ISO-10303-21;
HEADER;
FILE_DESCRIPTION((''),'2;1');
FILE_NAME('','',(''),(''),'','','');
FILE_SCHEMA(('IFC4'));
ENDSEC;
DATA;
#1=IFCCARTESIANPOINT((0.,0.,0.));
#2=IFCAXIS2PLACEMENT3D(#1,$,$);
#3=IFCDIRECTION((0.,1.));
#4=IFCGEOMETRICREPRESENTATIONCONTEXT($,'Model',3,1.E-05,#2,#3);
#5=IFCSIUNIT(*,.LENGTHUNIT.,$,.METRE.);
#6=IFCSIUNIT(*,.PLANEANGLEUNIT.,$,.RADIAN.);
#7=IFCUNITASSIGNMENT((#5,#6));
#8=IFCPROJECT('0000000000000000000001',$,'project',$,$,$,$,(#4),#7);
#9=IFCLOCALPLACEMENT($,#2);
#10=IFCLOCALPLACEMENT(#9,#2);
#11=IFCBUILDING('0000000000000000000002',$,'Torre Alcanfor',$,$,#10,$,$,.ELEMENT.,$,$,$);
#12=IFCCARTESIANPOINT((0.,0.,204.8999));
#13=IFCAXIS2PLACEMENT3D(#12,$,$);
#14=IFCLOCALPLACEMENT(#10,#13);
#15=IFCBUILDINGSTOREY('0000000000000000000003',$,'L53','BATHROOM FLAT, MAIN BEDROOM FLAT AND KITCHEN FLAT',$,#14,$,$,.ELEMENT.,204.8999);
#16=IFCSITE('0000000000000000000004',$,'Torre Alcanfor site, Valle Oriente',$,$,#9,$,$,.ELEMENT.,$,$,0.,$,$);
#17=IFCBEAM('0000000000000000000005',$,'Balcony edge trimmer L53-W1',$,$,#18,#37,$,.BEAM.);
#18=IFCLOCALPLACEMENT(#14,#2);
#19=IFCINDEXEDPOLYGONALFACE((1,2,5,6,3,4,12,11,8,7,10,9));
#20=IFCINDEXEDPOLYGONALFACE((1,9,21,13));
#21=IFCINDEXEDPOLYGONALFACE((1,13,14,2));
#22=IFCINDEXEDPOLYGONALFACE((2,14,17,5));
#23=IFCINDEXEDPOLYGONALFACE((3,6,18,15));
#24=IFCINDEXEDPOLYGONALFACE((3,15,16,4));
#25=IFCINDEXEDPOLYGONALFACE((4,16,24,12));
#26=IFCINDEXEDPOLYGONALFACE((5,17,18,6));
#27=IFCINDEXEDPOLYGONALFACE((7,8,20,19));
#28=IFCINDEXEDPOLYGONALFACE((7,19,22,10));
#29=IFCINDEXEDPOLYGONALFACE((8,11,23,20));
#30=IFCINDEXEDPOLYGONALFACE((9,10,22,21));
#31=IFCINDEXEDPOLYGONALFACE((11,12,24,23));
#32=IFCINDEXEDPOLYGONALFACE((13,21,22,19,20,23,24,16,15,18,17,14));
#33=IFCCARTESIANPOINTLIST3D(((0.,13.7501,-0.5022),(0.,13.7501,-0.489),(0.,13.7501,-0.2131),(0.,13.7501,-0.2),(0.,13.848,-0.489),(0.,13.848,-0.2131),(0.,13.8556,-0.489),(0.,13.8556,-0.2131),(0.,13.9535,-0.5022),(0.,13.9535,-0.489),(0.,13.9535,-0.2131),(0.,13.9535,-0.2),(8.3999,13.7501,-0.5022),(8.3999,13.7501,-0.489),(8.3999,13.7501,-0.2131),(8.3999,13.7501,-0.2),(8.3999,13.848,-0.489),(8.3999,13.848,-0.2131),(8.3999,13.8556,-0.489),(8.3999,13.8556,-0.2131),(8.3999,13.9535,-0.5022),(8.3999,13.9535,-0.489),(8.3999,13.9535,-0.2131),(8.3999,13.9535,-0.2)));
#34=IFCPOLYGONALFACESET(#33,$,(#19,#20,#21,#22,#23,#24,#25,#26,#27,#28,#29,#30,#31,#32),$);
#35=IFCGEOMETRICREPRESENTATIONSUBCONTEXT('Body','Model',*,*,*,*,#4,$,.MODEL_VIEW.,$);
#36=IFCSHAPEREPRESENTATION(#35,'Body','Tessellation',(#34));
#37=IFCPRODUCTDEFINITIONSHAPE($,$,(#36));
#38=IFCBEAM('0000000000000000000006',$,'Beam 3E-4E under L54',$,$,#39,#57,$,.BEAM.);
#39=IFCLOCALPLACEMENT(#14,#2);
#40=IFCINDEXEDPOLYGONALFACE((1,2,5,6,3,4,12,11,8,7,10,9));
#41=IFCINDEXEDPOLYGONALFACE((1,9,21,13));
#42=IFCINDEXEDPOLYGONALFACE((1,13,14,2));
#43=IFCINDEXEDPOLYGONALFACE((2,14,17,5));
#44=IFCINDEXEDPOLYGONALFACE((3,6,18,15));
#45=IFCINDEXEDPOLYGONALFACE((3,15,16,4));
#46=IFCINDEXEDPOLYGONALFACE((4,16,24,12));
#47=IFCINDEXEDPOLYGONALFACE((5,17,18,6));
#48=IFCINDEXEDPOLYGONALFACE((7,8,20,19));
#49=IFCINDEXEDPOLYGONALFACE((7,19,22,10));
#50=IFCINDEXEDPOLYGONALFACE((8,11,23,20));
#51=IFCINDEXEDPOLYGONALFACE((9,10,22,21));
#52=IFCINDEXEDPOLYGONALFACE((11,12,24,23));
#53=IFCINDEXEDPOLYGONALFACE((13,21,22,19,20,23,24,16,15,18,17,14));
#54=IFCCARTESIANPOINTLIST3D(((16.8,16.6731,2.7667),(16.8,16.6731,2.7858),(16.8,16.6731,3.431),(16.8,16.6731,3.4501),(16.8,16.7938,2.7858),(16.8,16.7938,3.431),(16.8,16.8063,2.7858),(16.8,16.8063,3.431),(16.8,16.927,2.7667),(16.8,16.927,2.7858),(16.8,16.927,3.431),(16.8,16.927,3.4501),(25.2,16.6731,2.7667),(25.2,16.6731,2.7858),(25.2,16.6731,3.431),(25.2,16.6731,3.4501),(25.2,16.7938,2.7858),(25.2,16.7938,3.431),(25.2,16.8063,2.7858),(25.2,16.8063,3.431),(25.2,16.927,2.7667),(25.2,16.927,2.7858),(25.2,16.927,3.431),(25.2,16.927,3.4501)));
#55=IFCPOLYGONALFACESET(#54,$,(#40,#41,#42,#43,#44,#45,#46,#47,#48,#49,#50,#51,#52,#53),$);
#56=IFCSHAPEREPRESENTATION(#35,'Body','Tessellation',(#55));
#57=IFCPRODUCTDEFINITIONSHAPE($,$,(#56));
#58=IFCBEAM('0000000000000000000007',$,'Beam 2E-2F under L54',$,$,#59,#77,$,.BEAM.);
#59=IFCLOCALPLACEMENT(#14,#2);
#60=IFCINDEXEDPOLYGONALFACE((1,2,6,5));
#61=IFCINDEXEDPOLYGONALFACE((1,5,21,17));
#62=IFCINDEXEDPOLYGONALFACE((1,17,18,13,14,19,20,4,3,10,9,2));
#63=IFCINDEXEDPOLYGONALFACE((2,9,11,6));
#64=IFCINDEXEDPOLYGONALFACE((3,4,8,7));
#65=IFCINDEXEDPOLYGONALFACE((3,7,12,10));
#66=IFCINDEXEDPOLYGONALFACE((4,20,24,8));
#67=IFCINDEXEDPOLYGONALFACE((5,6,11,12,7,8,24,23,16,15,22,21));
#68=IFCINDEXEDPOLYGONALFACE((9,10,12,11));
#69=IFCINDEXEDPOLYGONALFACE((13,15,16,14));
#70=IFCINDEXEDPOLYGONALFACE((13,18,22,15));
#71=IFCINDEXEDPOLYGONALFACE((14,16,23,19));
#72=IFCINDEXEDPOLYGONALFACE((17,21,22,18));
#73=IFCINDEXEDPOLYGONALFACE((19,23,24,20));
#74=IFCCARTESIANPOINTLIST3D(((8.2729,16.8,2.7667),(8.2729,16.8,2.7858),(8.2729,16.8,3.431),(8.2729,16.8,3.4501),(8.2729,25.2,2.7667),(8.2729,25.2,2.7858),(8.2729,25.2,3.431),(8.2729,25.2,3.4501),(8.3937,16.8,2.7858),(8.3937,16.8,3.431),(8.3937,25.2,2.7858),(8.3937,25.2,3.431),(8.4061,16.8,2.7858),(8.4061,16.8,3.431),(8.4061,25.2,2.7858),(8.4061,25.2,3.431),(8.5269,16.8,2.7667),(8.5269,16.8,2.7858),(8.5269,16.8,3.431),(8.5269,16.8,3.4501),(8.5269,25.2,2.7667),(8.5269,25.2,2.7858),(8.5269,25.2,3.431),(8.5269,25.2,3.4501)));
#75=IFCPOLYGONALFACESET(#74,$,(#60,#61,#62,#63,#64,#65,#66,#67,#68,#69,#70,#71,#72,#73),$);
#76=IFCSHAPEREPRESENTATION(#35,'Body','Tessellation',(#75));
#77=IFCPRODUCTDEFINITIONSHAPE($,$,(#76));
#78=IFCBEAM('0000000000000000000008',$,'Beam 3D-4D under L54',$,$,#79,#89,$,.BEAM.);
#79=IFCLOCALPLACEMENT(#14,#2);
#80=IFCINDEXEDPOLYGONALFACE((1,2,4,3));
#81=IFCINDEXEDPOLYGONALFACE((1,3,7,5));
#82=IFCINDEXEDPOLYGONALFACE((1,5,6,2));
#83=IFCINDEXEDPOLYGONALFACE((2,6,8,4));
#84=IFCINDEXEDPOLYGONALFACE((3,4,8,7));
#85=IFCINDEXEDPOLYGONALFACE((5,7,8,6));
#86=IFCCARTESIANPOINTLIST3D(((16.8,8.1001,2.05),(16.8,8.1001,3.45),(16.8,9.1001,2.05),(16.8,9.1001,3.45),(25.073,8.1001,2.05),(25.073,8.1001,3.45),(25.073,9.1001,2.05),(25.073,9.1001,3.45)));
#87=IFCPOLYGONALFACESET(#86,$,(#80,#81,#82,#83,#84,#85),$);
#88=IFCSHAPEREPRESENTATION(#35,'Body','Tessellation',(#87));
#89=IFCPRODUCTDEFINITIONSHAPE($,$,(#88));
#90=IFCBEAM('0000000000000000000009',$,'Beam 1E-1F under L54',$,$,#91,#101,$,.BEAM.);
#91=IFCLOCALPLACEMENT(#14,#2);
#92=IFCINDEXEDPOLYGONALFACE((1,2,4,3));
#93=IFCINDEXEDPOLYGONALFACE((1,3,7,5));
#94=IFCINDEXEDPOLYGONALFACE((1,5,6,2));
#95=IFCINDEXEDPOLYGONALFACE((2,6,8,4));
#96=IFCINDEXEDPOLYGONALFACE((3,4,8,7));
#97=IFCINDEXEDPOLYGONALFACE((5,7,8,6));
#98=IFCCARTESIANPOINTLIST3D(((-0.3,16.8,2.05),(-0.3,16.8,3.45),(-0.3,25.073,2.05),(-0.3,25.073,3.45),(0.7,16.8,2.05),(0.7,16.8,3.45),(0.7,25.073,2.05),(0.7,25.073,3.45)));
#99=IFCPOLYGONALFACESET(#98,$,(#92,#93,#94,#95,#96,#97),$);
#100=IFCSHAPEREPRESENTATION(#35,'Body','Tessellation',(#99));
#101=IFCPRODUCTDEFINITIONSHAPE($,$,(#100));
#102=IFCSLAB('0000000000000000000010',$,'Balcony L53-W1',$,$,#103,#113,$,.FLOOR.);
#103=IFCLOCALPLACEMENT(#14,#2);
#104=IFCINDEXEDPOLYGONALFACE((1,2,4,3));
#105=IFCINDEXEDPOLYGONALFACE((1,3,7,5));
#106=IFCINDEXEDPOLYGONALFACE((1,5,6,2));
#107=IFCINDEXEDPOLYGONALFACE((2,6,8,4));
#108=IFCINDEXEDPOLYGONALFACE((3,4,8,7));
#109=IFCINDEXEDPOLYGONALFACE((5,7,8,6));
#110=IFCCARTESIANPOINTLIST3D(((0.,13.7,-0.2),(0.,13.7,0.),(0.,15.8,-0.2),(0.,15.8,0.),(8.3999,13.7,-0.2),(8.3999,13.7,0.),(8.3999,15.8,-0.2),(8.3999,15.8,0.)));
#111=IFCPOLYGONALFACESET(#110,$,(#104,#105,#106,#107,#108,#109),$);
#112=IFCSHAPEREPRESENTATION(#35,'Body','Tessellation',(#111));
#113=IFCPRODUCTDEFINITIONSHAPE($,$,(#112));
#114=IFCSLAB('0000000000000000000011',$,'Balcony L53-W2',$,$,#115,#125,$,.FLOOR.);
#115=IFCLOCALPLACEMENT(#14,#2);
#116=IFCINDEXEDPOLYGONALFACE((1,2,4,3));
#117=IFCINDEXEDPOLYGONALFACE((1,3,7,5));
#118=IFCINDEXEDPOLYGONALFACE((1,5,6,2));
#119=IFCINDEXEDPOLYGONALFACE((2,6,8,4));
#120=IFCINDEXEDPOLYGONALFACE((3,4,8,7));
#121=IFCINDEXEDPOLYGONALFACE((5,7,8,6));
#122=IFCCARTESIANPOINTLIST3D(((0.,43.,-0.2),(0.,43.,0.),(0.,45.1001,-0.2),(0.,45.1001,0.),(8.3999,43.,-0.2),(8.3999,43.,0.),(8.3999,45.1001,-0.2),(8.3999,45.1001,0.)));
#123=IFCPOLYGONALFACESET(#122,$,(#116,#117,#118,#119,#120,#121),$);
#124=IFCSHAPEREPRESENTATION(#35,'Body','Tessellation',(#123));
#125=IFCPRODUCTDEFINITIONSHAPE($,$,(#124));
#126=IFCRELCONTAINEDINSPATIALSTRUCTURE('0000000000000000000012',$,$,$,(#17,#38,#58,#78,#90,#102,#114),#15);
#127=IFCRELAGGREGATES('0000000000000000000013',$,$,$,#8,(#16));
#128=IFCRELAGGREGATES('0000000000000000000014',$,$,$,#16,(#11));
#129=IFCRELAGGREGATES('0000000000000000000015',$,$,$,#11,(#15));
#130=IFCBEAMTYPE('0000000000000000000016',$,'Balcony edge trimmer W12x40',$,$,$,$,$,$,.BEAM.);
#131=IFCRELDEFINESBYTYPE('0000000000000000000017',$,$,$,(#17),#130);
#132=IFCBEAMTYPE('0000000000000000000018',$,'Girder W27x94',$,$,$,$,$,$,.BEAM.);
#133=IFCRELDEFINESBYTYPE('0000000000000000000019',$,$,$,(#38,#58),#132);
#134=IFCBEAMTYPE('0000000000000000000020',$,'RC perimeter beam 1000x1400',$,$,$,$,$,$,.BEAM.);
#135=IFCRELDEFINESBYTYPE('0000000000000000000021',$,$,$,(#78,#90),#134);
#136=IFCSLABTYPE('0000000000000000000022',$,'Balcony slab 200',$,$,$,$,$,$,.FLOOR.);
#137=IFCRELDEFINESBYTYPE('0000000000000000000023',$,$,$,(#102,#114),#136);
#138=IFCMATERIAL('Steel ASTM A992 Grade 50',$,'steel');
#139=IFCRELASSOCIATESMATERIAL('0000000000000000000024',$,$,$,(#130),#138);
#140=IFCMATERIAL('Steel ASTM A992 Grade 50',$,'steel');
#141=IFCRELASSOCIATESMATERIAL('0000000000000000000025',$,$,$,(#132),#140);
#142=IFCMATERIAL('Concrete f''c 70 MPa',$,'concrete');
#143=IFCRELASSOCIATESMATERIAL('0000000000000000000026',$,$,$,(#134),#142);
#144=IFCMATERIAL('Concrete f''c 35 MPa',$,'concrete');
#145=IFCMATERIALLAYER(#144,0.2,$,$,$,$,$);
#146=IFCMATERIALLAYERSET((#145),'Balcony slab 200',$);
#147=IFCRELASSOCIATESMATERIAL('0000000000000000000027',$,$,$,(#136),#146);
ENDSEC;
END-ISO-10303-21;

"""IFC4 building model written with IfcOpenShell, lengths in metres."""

from ifc_helpers import new_model, si_unit, direction, frame, origin, origin_2d, place, context, subcontext, project, spatial, polyline, rectangle, i_section, outline, extrude, material, layer, layer_set, material_profile, profile_set, type_object, element, save


model = new_model("IFC4")

# Units and contexts
model_context = context("Model", 3, precision=1e-05, world=origin(), true_north=direction((0.0, 1.0)))
body_context = subcontext(model_context, "Body", "Model", "MODEL_VIEW")
ifc_project = project(units=[si_unit("LENGTHUNIT", "METRE"), si_unit("PLANEANGLEUNIT", "RADIAN")], contexts=[model_context])

# Site, building, storey
site_placement = place(None, origin())
site = spatial("IfcSite", under=ifc_project, at=site_placement, Name="Torre Alcanfor site, Valle Oriente", CompositionType="ELEMENT", RefElevation=0.0)
building_placement = place(site_placement, origin())
building = spatial("IfcBuilding", under=site, at=building_placement, Name="Torre Alcanfor", CompositionType="ELEMENT")
storey_placement = place(building_placement, frame((0.0, 0.0, 204.8999)))
storey = spatial("IfcBuildingStorey", under=building, at=storey_placement, Name="L53", Description="BATHROOM FLAT, MAIN BEDROOM FLAT AND KITCHEN FLAT", CompositionType="ELEMENT", Elevation=204.8999)

# Beams
ifc_material_1 = material(Name="Steel ASTM A992 Grade 50", Category="steel")
ifc_material_profile_1 = material_profile(ifc_material_1, i_section(OverallWidth=0.2034, OverallDepth=0.3022, WebThickness=0.0076, FlangeThickness=0.0132, at=origin_2d()), Name="W12x40")
ifc_profile_set_1 = profile_set([ifc_material_profile_1], Name="Steel ASTM A992 Grade 50")
beam_type_1 = type_object("IfcBeamType", Name="Balcony edge trimmer W12x40", PredefinedType="BEAM", material=ifc_profile_set_1)
beam_placement = place(storey_placement, frame((8.3999, 13.8518, -0.3511), z_axis=(-1.0, 0.0, 0.0), x_axis=(0.0, -1.0, 0.0)))
element("IfcBeam", 1, at=beam_placement, inside=storey, type_object=beam_type_1, Name="Balcony edge trimmer L53-W1", PredefinedType="BEAM", context=body_context, shape_type="SweptSolid", body=[
    extrude(i_section(OverallWidth=0.2034, OverallDepth=0.3022, WebThickness=0.0076, FlangeThickness=0.0132, at=origin_2d()), origin(), (0.0, 0.0, 1.0), 8.3999),
])
ifc_material_2 = material(Name="Steel ASTM A992 Grade 50", Category="steel")
ifc_material_profile_2 = material_profile(ifc_material_2, i_section(OverallWidth=0.2539, OverallDepth=0.6833, WebThickness=0.0125, FlangeThickness=0.019, at=origin_2d()), Name="W27x94")
ifc_profile_set_2 = profile_set([ifc_material_profile_2], Name="Steel ASTM A992 Grade 50")
beam_type_2 = type_object("IfcBeamType", Name="Girder W27x94", PredefinedType="BEAM", material=ifc_profile_set_2)
for number, where, z_axis, x_axis, name in (
    (2, (16.8, 16.8, 3.1084), (1.0, 0.0, 0.0), (0.0, 1.0, 0.0), "Beam 3E-4E under L54"),
    (3, (8.3999, 16.8, 3.1084), (0.0, 1.0, 0.0), (-1.0, 0.0, 0.0), "Beam 2E-2F under L54"),
):
    element("IfcBeam", number, at=place(storey_placement, frame(where, z_axis=z_axis, x_axis=x_axis)), inside=storey, type_object=beam_type_2, Name=name, PredefinedType="BEAM", context=body_context, shape_type="SweptSolid", body=[
        extrude(i_section(OverallWidth=0.2539, OverallDepth=0.6833, WebThickness=0.0125, FlangeThickness=0.019, at=origin_2d()), origin(), (0.0, 0.0, 1.0), 8.3999),
    ])
ifc_material_3 = material(Name="Concrete f'c 70 MPa", Category="concrete")
ifc_material_profile_3 = material_profile(ifc_material_3, rectangle(XDim=1.0, YDim=1.3999, at=origin_2d()), Name="1000x1400")
ifc_profile_set_3 = profile_set([ifc_material_profile_3], Name="Concrete f'c 70 MPa")
beam_type_3 = type_object("IfcBeamType", Name="RC perimeter beam 1000x1400", PredefinedType="BEAM", material=ifc_profile_set_3)
for number, where, z_axis, x_axis, name in (
    (4, (16.8, 8.6001, 2.75), (1.0, 0.0, 0.0), (0.0, 1.0, 0.0), "Beam 3D-4D under L54"),
    (5, (0.2, 16.8, 2.75), (0.0, 1.0, 0.0), (-1.0, 0.0, 0.0), "Beam 1E-1F under L54"),
):
    element("IfcBeam", number, at=place(storey_placement, frame(where, z_axis=z_axis, x_axis=x_axis)), inside=storey, type_object=beam_type_3, Name=name, PredefinedType="BEAM", context=body_context, shape_type="SweptSolid", body=[
        extrude(rectangle(XDim=1.0, YDim=1.3999, at=origin_2d()), origin(), (0.0, 0.0, 1.0), 8.2729),
    ])

# Slabs
ifc_material_4 = material(Name="Concrete f'c 35 MPa", Category="concrete")
ifc_layer_1 = layer(ifc_material_4, 0.2)
ifc_layer_set_1 = layer_set([ifc_layer_1], Name="Balcony slab 200")
slab_type_1 = type_object("IfcSlabType", Name="Balcony slab 200", PredefinedType="FLOOR", material=ifc_layer_set_1)
slab_1_placement = place(storey_placement, frame((0.0, 0.0, -0.2)))
element("IfcSlab", 6, at=slab_1_placement, inside=storey, type_object=slab_type_1, Name="Balcony L53-W1", PredefinedType="FLOOR", context=body_context, shape_type="SweptSolid", body=[
    extrude(outline(polyline([(8.3999, 15.8), (0.0, 15.8), (0.0, 13.7), (8.3999, 13.7), (8.3999, 15.8)])), origin(), (0.0, 0.0, 1.0), 0.2),
])
slab_2_placement = place(storey_placement, frame((0.0, 0.0, -0.2)))
element("IfcSlab", 7, at=slab_2_placement, inside=storey, type_object=slab_type_1, Name="Balcony L53-W2", PredefinedType="FLOOR", context=body_context, shape_type="SweptSolid", body=[
    extrude(outline(polyline([(8.3999, 45.1001), (0.0, 45.1001), (0.0, 43.0), (8.3999, 43.0), (8.3999, 45.1001)])), origin(), (0.0, 0.0, 1.0), 0.2),
])

save(model, "model.ifc")
